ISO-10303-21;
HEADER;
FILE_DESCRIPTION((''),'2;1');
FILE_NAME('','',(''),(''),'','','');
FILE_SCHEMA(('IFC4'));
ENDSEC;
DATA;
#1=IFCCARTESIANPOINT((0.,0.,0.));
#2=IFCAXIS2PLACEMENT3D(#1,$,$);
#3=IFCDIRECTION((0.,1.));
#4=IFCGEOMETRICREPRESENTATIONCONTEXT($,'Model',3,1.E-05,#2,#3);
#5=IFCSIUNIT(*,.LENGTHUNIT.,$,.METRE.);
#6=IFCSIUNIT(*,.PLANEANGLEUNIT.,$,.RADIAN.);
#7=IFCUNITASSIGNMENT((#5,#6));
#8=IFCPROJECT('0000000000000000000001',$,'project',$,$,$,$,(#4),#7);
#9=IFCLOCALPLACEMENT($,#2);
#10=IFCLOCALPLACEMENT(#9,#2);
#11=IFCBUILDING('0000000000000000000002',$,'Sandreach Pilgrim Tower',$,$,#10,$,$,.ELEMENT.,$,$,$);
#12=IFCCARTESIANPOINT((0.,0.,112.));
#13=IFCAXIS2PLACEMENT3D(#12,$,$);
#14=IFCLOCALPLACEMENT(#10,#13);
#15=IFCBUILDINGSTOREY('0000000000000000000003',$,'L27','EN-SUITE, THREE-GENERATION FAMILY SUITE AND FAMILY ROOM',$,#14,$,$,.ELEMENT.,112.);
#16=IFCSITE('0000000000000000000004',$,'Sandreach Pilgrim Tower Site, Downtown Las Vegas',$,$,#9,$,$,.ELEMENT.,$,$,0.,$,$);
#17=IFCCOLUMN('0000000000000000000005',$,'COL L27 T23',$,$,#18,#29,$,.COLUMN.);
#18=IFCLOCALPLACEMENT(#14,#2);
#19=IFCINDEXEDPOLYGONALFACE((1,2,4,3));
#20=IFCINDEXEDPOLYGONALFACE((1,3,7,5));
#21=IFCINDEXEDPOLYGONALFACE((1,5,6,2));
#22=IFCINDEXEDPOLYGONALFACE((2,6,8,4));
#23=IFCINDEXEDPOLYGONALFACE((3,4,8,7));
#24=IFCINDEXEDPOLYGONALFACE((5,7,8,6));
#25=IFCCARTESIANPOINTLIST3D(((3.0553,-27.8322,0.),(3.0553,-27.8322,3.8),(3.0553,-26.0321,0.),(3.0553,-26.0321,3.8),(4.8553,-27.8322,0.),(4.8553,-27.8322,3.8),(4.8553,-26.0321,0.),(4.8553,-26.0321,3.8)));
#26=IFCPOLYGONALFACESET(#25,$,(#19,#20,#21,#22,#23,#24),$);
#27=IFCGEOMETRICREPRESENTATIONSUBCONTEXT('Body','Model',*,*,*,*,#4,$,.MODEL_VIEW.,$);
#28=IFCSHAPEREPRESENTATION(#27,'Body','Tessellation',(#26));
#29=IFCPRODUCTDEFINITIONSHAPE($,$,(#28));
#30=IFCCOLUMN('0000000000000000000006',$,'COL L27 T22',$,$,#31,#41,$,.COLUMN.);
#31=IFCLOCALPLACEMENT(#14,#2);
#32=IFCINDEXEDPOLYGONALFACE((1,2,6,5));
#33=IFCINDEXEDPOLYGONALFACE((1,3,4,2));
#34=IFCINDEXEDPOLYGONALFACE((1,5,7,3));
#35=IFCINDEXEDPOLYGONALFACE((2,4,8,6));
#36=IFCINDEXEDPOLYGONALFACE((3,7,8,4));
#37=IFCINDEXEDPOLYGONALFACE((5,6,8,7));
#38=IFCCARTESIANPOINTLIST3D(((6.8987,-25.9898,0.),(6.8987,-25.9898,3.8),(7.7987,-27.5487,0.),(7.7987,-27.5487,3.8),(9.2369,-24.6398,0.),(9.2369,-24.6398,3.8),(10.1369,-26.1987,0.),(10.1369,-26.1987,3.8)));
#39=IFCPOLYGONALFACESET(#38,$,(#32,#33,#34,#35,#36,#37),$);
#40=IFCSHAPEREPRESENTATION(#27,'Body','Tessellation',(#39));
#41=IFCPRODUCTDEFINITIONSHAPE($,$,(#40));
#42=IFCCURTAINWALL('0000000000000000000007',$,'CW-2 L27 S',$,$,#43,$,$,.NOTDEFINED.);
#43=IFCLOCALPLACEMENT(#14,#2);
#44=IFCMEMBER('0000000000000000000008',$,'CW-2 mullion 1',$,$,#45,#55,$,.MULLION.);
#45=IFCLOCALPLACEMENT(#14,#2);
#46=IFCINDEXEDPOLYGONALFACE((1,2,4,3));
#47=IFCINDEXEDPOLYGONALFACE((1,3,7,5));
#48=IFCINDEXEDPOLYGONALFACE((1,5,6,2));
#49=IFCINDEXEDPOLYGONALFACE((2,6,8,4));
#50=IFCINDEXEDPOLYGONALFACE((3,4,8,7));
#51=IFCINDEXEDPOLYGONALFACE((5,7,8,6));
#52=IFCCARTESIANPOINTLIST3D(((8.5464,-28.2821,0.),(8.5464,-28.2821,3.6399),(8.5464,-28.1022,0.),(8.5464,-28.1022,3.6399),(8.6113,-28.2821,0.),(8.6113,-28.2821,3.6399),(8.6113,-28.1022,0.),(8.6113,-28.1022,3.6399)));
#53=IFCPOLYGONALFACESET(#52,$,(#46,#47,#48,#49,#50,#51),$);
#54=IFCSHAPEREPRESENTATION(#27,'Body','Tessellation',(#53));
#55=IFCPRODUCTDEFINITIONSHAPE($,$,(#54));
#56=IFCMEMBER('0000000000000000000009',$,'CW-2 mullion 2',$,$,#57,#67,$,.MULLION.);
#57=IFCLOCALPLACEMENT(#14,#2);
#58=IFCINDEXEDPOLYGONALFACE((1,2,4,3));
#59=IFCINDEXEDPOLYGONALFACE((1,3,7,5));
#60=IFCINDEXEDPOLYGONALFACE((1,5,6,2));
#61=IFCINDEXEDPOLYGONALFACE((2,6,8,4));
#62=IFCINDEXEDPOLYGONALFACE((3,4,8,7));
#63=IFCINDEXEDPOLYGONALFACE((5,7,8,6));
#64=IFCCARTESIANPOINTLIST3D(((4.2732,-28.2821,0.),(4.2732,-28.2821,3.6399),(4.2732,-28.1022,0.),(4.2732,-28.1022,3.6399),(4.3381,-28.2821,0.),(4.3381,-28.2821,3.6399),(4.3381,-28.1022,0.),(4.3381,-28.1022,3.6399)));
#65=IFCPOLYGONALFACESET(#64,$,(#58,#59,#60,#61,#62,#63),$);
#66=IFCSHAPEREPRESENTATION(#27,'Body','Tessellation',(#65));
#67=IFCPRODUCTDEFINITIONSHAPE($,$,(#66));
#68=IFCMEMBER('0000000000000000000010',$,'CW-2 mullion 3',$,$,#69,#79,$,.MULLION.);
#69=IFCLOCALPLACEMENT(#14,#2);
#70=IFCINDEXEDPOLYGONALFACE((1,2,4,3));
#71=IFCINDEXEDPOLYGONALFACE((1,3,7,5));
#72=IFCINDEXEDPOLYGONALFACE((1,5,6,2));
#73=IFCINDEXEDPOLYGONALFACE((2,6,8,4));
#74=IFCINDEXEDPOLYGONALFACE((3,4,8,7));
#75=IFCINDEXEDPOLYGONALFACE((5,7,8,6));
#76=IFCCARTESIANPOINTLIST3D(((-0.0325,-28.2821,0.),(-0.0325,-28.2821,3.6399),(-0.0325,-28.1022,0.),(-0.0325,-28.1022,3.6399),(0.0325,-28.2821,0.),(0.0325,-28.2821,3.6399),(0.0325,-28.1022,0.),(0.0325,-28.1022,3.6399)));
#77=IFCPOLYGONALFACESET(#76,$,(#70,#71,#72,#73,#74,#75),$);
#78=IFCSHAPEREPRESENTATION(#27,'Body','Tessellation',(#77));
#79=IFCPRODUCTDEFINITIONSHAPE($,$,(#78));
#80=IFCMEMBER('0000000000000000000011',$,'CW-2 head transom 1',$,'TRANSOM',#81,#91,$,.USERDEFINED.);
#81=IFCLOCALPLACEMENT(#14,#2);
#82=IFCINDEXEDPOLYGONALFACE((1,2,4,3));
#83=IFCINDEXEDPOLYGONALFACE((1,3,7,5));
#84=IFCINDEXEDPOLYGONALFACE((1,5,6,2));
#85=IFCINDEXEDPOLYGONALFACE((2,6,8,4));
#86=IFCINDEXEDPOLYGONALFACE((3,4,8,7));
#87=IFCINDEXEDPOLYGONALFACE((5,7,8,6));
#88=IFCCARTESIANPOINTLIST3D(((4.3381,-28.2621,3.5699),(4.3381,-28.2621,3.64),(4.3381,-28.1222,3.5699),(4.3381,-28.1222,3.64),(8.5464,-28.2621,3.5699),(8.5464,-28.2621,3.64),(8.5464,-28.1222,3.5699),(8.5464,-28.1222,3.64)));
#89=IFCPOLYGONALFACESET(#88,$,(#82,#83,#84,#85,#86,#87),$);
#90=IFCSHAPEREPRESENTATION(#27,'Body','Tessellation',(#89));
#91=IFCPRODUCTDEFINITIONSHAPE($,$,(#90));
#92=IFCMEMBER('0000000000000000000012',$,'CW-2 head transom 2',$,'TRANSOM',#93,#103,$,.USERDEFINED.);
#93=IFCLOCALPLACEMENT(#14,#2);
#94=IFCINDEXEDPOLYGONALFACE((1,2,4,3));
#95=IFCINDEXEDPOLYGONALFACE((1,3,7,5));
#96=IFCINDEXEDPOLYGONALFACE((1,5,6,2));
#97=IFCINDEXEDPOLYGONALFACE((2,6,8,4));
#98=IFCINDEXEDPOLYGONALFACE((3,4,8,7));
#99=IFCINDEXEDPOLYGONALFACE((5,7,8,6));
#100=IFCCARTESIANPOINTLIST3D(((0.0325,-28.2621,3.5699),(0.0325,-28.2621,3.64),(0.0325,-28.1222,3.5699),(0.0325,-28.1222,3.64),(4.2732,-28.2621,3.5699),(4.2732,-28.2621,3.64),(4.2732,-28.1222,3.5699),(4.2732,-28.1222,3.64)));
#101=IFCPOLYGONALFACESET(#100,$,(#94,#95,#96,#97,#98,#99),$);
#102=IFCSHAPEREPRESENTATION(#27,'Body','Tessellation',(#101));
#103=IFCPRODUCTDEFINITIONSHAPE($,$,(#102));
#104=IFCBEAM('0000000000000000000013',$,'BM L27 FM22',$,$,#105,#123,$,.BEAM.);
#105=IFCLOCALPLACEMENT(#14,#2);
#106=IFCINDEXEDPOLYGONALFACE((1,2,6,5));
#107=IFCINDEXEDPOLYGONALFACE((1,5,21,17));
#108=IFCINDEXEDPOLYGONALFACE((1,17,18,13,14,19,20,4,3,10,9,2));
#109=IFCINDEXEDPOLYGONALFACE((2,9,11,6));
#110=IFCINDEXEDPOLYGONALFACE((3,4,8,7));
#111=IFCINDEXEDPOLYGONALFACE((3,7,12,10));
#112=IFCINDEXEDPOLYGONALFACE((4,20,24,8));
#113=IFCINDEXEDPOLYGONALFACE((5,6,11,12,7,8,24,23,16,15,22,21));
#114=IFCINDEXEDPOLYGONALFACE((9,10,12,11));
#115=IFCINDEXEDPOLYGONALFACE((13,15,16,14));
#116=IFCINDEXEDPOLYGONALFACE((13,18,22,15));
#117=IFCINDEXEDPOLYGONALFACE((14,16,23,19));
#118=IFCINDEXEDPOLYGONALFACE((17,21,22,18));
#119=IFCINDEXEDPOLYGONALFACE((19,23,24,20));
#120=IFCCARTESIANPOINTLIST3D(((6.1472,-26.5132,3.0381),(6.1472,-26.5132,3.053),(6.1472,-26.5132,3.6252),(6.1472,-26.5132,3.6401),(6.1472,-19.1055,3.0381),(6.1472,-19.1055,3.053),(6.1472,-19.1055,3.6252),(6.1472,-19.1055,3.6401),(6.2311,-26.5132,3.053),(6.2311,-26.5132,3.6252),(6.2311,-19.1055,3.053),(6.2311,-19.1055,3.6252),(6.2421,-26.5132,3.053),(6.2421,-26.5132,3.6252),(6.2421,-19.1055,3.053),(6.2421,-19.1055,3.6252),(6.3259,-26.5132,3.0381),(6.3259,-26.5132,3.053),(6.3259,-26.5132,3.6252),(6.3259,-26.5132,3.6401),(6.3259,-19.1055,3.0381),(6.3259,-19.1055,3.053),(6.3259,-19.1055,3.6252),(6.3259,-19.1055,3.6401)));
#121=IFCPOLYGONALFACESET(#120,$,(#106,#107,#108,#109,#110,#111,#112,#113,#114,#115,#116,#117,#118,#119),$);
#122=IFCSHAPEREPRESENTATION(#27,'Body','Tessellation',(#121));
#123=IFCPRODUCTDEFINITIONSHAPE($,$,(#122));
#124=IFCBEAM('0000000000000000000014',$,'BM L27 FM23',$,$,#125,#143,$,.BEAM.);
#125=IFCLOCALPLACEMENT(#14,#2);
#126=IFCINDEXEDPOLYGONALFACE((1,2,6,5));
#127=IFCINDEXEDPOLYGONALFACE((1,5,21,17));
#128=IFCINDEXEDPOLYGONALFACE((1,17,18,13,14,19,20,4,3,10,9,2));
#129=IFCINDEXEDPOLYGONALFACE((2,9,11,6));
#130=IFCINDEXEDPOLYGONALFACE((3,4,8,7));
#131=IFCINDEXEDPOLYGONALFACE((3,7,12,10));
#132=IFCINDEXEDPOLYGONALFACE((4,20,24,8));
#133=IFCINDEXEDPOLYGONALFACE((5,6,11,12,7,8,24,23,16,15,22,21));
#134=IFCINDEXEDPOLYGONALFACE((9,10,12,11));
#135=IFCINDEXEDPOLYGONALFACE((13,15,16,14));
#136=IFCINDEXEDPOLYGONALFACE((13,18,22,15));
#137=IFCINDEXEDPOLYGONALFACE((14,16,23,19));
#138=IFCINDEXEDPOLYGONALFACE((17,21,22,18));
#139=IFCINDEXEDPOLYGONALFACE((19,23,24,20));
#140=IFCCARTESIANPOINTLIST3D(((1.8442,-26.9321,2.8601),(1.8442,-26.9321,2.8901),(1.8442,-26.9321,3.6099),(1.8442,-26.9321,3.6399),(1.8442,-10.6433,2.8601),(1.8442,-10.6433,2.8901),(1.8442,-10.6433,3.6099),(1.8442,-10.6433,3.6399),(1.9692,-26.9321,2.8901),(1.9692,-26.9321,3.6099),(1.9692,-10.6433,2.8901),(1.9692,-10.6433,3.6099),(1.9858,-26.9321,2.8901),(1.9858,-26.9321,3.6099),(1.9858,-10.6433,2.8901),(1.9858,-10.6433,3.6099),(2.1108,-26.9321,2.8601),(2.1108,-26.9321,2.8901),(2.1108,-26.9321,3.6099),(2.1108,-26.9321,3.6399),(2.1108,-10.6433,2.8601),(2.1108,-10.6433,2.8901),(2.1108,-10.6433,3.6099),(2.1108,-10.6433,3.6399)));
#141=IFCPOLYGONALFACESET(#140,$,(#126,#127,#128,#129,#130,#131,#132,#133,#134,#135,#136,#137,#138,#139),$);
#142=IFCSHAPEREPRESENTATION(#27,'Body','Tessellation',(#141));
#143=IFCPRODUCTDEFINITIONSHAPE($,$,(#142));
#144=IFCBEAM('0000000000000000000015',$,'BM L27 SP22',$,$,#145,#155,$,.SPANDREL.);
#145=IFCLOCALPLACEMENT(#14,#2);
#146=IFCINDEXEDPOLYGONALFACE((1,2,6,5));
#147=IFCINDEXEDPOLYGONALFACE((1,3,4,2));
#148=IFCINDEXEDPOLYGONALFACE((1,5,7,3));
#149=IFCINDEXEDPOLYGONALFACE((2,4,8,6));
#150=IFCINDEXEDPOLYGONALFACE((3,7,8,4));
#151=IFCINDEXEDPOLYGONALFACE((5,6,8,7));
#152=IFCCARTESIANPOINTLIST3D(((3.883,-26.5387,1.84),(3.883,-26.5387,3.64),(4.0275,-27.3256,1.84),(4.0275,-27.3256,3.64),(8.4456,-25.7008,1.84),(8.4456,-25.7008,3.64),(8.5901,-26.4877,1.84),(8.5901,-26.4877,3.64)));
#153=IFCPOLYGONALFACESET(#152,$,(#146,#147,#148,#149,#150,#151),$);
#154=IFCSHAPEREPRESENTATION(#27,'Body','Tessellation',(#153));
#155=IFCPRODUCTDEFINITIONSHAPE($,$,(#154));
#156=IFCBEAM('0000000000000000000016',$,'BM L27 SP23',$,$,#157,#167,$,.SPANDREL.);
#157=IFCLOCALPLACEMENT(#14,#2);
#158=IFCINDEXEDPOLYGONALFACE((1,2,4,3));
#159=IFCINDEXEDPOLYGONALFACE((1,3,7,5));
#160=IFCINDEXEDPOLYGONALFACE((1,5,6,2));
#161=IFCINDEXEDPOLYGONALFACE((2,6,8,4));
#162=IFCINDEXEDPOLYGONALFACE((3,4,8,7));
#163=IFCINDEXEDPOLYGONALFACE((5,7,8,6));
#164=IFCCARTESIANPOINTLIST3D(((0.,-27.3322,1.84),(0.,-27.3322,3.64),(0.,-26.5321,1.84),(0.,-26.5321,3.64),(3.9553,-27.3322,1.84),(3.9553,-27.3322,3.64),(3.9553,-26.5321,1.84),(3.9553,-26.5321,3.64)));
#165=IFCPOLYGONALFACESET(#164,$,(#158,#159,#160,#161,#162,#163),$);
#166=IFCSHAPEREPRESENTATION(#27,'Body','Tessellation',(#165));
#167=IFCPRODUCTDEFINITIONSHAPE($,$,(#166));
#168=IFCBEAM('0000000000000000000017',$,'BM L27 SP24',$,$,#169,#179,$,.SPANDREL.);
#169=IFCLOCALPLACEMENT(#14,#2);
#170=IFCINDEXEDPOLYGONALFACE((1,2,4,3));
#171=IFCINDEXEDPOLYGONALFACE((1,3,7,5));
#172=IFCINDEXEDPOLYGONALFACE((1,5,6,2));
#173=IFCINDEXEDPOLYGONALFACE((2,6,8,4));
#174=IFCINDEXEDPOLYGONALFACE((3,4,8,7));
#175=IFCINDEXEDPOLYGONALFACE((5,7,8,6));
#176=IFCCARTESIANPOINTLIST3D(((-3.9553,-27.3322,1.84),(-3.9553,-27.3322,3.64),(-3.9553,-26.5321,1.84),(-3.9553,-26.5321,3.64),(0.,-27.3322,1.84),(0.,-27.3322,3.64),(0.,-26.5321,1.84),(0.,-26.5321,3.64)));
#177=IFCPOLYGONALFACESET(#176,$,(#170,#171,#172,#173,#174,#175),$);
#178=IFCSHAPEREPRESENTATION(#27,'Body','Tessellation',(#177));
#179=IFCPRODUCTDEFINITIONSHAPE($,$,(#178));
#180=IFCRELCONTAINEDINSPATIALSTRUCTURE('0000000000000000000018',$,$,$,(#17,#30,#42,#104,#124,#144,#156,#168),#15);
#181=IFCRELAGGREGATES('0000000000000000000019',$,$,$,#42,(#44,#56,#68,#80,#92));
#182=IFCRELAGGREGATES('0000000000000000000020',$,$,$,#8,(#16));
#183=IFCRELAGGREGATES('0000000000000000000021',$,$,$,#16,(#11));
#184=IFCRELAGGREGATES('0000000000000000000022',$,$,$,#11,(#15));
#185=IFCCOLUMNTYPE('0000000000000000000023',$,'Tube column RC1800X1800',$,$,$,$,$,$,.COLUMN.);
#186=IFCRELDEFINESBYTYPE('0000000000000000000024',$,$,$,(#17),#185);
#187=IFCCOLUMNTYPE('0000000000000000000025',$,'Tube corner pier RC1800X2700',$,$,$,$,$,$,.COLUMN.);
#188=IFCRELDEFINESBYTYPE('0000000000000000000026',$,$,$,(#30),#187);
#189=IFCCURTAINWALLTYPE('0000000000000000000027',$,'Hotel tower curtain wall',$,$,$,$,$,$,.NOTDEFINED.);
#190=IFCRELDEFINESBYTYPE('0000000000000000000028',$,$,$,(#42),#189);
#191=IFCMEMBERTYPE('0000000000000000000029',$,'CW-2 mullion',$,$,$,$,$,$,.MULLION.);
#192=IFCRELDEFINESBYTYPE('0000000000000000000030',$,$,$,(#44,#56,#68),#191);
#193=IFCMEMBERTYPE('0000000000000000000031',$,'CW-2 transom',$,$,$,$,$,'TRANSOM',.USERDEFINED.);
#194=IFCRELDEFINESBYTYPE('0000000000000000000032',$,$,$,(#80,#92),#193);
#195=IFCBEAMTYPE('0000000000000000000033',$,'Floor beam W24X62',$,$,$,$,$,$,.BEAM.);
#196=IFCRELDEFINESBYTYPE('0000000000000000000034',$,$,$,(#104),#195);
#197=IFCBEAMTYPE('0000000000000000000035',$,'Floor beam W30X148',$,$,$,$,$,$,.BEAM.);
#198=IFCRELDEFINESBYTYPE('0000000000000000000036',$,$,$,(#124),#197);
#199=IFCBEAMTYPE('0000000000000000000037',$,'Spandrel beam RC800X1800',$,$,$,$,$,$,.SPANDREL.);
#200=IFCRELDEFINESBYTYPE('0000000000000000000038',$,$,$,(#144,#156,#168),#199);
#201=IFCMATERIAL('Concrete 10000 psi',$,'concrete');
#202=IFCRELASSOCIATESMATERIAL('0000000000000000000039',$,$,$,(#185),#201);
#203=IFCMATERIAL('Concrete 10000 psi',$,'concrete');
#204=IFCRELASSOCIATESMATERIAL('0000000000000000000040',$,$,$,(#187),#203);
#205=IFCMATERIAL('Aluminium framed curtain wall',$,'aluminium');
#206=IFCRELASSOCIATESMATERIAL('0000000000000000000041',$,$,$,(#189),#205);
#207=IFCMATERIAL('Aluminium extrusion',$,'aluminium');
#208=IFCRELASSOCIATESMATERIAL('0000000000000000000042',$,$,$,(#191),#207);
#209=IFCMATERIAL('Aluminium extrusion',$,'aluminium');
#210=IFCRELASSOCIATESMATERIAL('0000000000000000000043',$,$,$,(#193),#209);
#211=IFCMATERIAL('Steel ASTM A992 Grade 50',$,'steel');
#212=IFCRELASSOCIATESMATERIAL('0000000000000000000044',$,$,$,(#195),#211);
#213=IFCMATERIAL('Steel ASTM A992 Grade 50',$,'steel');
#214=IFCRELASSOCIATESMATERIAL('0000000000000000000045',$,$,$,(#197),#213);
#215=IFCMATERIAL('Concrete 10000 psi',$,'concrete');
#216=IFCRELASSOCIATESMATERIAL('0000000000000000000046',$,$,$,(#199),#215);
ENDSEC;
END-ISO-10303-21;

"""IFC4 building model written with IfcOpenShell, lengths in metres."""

from ifc_helpers import new_model, si_unit, direction, frame, origin, origin_2d, place, context, subcontext, project, spatial, rectangle, i_section, extrude, material, material_profile, profile_set, type_object, element, aggregate, save


model = new_model("IFC4")

# Units and contexts
model_context = context("Model", 3, precision=1e-05, world=origin(), true_north=direction((0.0, 1.0)))
body_context = subcontext(model_context, "Body", "Model", "MODEL_VIEW")
ifc_project = project(units=[si_unit("LENGTHUNIT", "METRE"), si_unit("PLANEANGLEUNIT", "RADIAN")], contexts=[model_context])

# Site, building, storey
site_placement = place(None, origin())
site = spatial("IfcSite", under=ifc_project, at=site_placement, Name="Sandreach Pilgrim Tower Site, Downtown Las Vegas", CompositionType="ELEMENT", RefElevation=0.0)
building_placement = place(site_placement, origin())
building = spatial("IfcBuilding", under=site, at=building_placement, Name="Sandreach Pilgrim Tower", CompositionType="ELEMENT")
storey_placement = place(building_placement, frame((0.0, 0.0, 112.0)))
storey = spatial("IfcBuildingStorey", under=building, at=storey_placement, Name="L27", Description="EN-SUITE, THREE-GENERATION FAMILY SUITE AND FAMILY ROOM", CompositionType="ELEMENT", Elevation=112.0)

# Columns
ifc_material_1 = material(Name="Concrete 10000 psi", Category="concrete")
ifc_material_profile_1 = material_profile(ifc_material_1, rectangle(XDim=1.8, YDim=1.8, at=origin_2d()), Name="RC1800X1800")
ifc_profile_set_1 = profile_set([ifc_material_profile_1], Name="Concrete 10000 psi")
column_type_1 = type_object("IfcColumnType", Name="Tube column RC1800X1800", PredefinedType="COLUMN", material=ifc_profile_set_1)
column_1_placement = place(storey_placement, frame((3.9553, -26.9321, 0.0), z_axis=(0.0, 0.0, 1.0), x_axis=(0.0, -1.0, 0.0)))
element("IfcColumn", 1, at=column_1_placement, inside=storey, type_object=column_type_1, Name="COL L27 T23", PredefinedType="COLUMN", context=body_context, shape_type="SweptSolid", body=[
    extrude(rectangle(XDim=1.8, YDim=1.8, at=origin_2d()), origin(), (0.0, 0.0, 1.0), 3.8),
])
ifc_material_2 = material(Name="Concrete 10000 psi", Category="concrete")
ifc_material_profile_2 = material_profile(ifc_material_2, rectangle(XDim=1.8, YDim=2.7, at=origin_2d()), Name="RC1800X2700")
ifc_profile_set_2 = profile_set([ifc_material_profile_2], Name="Concrete 10000 psi")
column_type_2 = type_object("IfcColumnType", Name="Tube corner pier RC1800X2700", PredefinedType="COLUMN", material=ifc_profile_set_2)
column_2_placement = place(storey_placement, frame((8.5178, -26.0942, 0.0), z_axis=(0.0, 0.0, 1.0), x_axis=(0.5, -0.866025, 0.0)))
element("IfcColumn", 2, at=column_2_placement, inside=storey, type_object=column_type_2, Name="COL L27 T22", PredefinedType="COLUMN", context=body_context, shape_type="SweptSolid", body=[
    extrude(rectangle(XDim=1.8, YDim=2.7, at=origin_2d()), origin(), (0.0, 0.0, 1.0), 3.8),
])

# Curtain wall, members
ifc_material_3 = material(Name="Aluminium framed curtain wall", Category="aluminium")
curtain_wall_type = type_object("IfcCurtainWallType", Name="Hotel tower curtain wall", PredefinedType="NOTDEFINED", material=ifc_material_3)
curtain_wall_placement = place(storey_placement, origin())
curtain_wall = element("IfcCurtainWall", 3, at=curtain_wall_placement, inside=storey, type_object=curtain_wall_type, Name="CW-2 L27 S", PredefinedType="NOTDEFINED")
ifc_material_4 = material(Name="Aluminium extrusion", Category="aluminium")
ifc_material_profile_3 = material_profile(ifc_material_4, rectangle(XDim=0.0649, YDim=0.1799, at=origin_2d()), Name="CW-2M 65X180")
ifc_profile_set_3 = profile_set([ifc_material_profile_3], Name="Aluminium extrusion")
member_type_1 = type_object("IfcMemberType", Name="CW-2 mullion", PredefinedType="MULLION", material=ifc_profile_set_3)
member_1_placement = place(storey_placement, frame((8.5789, -28.1921, 0.0), z_axis=(0.0, 0.0, 1.0), x_axis=(-1.0, 0.0, 0.0)))
member_1 = element("IfcMember", 4, at=member_1_placement, type_object=member_type_1, Name="CW-2 mullion 1", PredefinedType="MULLION", context=body_context, shape_type="SweptSolid", body=[
    extrude(rectangle(XDim=0.0649, YDim=0.1799, at=origin_2d()), origin(), (0.0, 0.0, 1.0), 3.6399),
])
member_2_placement = place(storey_placement, frame((4.3057, -28.1921, 0.0), z_axis=(0.0, 0.0, 1.0), x_axis=(-1.0, 0.0, 0.0)))
member_2 = element("IfcMember", 5, at=member_2_placement, type_object=member_type_1, Name="CW-2 mullion 2", PredefinedType="MULLION", context=body_context, shape_type="SweptSolid", body=[
    extrude(rectangle(XDim=0.0649, YDim=0.1799, at=origin_2d()), origin(), (0.0, 0.0, 1.0), 3.6399),
])
member_3_placement = place(storey_placement, frame((0.0, -28.1921, 0.0), z_axis=(0.0, 0.0, 1.0), x_axis=(-1.0, 0.0, 0.0)))
member_3 = element("IfcMember", 6, at=member_3_placement, type_object=member_type_1, Name="CW-2 mullion 3", PredefinedType="MULLION", context=body_context, shape_type="SweptSolid", body=[
    extrude(rectangle(XDim=0.0649, YDim=0.1799, at=origin_2d()), origin(), (0.0, 0.0, 1.0), 3.6399),
])
ifc_material_5 = material(Name="Aluminium extrusion", Category="aluminium")
ifc_material_profile_4 = material_profile(ifc_material_5, rectangle(XDim=0.1399, YDim=0.0701, at=origin_2d()), Name="CW-2T 140X70")
ifc_profile_set_4 = profile_set([ifc_material_profile_4], Name="Aluminium extrusion")
member_type_2 = type_object("IfcMemberType", Name="CW-2 transom", ElementType="TRANSOM", PredefinedType="USERDEFINED", material=ifc_profile_set_4)
member_4_placement = place(storey_placement, frame((8.5464, -28.1921, 3.605), z_axis=(-1.0, 0.0, 0.0), x_axis=(0.0, -1.0, 0.0)))
member_4 = element("IfcMember", 7, at=member_4_placement, type_object=member_type_2, Name="CW-2 head transom 1", ObjectType="TRANSOM", PredefinedType="USERDEFINED", context=body_context, shape_type="SweptSolid", body=[
    extrude(rectangle(XDim=0.1399, YDim=0.0701, at=origin_2d()), origin(), (0.0, 0.0, 1.0), 4.2083),
])
member_5_placement = place(storey_placement, frame((4.2732, -28.1921, 3.605), z_axis=(-1.0, 0.0, 0.0), x_axis=(0.0, -1.0, 0.0)))
member_5 = element("IfcMember", 8, at=member_5_placement, type_object=member_type_2, Name="CW-2 head transom 2", ObjectType="TRANSOM", PredefinedType="USERDEFINED", context=body_context, shape_type="SweptSolid", body=[
    extrude(rectangle(XDim=0.1399, YDim=0.0701, at=origin_2d()), origin(), (0.0, 0.0, 1.0), 4.2407),
])

# Beams
ifc_material_6 = material(Name="Steel ASTM A992 Grade 50", Category="steel")
ifc_material_profile_5 = material_profile(ifc_material_6, i_section(OverallWidth=0.1787, OverallDepth=0.6021, WebThickness=0.011, FlangeThickness=0.0149, at=origin_2d()), Name="W24X62")
ifc_profile_set_5 = profile_set([ifc_material_profile_5], Name="Steel ASTM A992 Grade 50")
beam_type_1 = type_object("IfcBeamType", Name="Floor beam W24X62", PredefinedType="BEAM", material=ifc_profile_set_5)
beam_1_placement = place(storey_placement, frame((6.2366, -26.5132, 3.3391), z_axis=(0.0, 1.0, 0.0), x_axis=(-1.0, 0.0, 0.0)))
element("IfcBeam", 9, at=beam_1_placement, inside=storey, type_object=beam_type_1, Name="BM L27 FM22", PredefinedType="BEAM", context=body_context, shape_type="SweptSolid", body=[
    extrude(i_section(OverallWidth=0.1787, OverallDepth=0.6021, WebThickness=0.011, FlangeThickness=0.0149, at=origin_2d()), origin(), (0.0, 0.0, 1.0), 7.4077),
])
ifc_material_7 = material(Name="Steel ASTM A992 Grade 50", Category="steel")
ifc_material_profile_6 = material_profile(ifc_material_7, i_section(OverallWidth=0.2666, OverallDepth=0.7798, WebThickness=0.0166, FlangeThickness=0.03, at=origin_2d()), Name="W30X148")
ifc_profile_set_6 = profile_set([ifc_material_profile_6], Name="Steel ASTM A992 Grade 50")
beam_type_2 = type_object("IfcBeamType", Name="Floor beam W30X148", PredefinedType="BEAM", material=ifc_profile_set_6)
beam_2_placement = place(storey_placement, frame((1.9775, -26.9321, 3.25), z_axis=(0.0, 1.0, 0.0), x_axis=(-1.0, 0.0, 0.0)))
element("IfcBeam", 10, at=beam_2_placement, inside=storey, type_object=beam_type_2, Name="BM L27 FM23", PredefinedType="BEAM", context=body_context, shape_type="SweptSolid", body=[
    extrude(i_section(OverallWidth=0.2666, OverallDepth=0.7798, WebThickness=0.0166, FlangeThickness=0.03, at=origin_2d()), origin(), (0.0, 0.0, 1.0), 16.2888),
])
ifc_material_8 = material(Name="Concrete 10000 psi", Category="concrete")
ifc_material_profile_7 = material_profile(ifc_material_8, rectangle(XDim=0.8, YDim=1.8, at=origin_2d()), Name="RC800X1800")
ifc_profile_set_7 = profile_set([ifc_material_profile_7], Name="Concrete 10000 psi")
beam_type_3 = type_object("IfcBeamType", Name="Spandrel beam RC800X1800", PredefinedType="SPANDREL", material=ifc_profile_set_7)
beam_3_placement = place(storey_placement, frame((8.5178, -26.0942, 2.74), z_axis=(-0.983552, -0.180627, 0.0), x_axis=(0.180627, -0.983552, 0.0)))
element("IfcBeam", 11, at=beam_3_placement, inside=storey, type_object=beam_type_3, Name="BM L27 SP22", PredefinedType="SPANDREL", context=body_context, shape_type="SweptSolid", body=[
    extrude(rectangle(XDim=0.8, YDim=1.8, at=origin_2d()), origin(), (0.0, 0.0, 1.0), 4.6389),
])
for number, where, z_axis, x_axis, name in (
    (12, (3.9553, -26.9321, 2.74), (-1.0, 0.0, 0.0), (0.0, -1.0, 0.0), "BM L27 SP23"),
    (13, (0.0, -26.9321, 2.74), (-1.0, 0.0, 0.0), (0.0, -1.0, 0.0), "BM L27 SP24"),
):
    element("IfcBeam", number, at=place(storey_placement, frame(where, z_axis=z_axis, x_axis=x_axis)), inside=storey, type_object=beam_type_3, Name=name, PredefinedType="SPANDREL", context=body_context, shape_type="SweptSolid", body=[
        extrude(rectangle(XDim=0.8, YDim=1.8, at=origin_2d()), origin(), (0.0, 0.0, 1.0), 3.9553),
    ])

aggregate(curtain_wall, [member_1, member_2, member_3, member_4, member_5])

save(model, "model.ifc")
